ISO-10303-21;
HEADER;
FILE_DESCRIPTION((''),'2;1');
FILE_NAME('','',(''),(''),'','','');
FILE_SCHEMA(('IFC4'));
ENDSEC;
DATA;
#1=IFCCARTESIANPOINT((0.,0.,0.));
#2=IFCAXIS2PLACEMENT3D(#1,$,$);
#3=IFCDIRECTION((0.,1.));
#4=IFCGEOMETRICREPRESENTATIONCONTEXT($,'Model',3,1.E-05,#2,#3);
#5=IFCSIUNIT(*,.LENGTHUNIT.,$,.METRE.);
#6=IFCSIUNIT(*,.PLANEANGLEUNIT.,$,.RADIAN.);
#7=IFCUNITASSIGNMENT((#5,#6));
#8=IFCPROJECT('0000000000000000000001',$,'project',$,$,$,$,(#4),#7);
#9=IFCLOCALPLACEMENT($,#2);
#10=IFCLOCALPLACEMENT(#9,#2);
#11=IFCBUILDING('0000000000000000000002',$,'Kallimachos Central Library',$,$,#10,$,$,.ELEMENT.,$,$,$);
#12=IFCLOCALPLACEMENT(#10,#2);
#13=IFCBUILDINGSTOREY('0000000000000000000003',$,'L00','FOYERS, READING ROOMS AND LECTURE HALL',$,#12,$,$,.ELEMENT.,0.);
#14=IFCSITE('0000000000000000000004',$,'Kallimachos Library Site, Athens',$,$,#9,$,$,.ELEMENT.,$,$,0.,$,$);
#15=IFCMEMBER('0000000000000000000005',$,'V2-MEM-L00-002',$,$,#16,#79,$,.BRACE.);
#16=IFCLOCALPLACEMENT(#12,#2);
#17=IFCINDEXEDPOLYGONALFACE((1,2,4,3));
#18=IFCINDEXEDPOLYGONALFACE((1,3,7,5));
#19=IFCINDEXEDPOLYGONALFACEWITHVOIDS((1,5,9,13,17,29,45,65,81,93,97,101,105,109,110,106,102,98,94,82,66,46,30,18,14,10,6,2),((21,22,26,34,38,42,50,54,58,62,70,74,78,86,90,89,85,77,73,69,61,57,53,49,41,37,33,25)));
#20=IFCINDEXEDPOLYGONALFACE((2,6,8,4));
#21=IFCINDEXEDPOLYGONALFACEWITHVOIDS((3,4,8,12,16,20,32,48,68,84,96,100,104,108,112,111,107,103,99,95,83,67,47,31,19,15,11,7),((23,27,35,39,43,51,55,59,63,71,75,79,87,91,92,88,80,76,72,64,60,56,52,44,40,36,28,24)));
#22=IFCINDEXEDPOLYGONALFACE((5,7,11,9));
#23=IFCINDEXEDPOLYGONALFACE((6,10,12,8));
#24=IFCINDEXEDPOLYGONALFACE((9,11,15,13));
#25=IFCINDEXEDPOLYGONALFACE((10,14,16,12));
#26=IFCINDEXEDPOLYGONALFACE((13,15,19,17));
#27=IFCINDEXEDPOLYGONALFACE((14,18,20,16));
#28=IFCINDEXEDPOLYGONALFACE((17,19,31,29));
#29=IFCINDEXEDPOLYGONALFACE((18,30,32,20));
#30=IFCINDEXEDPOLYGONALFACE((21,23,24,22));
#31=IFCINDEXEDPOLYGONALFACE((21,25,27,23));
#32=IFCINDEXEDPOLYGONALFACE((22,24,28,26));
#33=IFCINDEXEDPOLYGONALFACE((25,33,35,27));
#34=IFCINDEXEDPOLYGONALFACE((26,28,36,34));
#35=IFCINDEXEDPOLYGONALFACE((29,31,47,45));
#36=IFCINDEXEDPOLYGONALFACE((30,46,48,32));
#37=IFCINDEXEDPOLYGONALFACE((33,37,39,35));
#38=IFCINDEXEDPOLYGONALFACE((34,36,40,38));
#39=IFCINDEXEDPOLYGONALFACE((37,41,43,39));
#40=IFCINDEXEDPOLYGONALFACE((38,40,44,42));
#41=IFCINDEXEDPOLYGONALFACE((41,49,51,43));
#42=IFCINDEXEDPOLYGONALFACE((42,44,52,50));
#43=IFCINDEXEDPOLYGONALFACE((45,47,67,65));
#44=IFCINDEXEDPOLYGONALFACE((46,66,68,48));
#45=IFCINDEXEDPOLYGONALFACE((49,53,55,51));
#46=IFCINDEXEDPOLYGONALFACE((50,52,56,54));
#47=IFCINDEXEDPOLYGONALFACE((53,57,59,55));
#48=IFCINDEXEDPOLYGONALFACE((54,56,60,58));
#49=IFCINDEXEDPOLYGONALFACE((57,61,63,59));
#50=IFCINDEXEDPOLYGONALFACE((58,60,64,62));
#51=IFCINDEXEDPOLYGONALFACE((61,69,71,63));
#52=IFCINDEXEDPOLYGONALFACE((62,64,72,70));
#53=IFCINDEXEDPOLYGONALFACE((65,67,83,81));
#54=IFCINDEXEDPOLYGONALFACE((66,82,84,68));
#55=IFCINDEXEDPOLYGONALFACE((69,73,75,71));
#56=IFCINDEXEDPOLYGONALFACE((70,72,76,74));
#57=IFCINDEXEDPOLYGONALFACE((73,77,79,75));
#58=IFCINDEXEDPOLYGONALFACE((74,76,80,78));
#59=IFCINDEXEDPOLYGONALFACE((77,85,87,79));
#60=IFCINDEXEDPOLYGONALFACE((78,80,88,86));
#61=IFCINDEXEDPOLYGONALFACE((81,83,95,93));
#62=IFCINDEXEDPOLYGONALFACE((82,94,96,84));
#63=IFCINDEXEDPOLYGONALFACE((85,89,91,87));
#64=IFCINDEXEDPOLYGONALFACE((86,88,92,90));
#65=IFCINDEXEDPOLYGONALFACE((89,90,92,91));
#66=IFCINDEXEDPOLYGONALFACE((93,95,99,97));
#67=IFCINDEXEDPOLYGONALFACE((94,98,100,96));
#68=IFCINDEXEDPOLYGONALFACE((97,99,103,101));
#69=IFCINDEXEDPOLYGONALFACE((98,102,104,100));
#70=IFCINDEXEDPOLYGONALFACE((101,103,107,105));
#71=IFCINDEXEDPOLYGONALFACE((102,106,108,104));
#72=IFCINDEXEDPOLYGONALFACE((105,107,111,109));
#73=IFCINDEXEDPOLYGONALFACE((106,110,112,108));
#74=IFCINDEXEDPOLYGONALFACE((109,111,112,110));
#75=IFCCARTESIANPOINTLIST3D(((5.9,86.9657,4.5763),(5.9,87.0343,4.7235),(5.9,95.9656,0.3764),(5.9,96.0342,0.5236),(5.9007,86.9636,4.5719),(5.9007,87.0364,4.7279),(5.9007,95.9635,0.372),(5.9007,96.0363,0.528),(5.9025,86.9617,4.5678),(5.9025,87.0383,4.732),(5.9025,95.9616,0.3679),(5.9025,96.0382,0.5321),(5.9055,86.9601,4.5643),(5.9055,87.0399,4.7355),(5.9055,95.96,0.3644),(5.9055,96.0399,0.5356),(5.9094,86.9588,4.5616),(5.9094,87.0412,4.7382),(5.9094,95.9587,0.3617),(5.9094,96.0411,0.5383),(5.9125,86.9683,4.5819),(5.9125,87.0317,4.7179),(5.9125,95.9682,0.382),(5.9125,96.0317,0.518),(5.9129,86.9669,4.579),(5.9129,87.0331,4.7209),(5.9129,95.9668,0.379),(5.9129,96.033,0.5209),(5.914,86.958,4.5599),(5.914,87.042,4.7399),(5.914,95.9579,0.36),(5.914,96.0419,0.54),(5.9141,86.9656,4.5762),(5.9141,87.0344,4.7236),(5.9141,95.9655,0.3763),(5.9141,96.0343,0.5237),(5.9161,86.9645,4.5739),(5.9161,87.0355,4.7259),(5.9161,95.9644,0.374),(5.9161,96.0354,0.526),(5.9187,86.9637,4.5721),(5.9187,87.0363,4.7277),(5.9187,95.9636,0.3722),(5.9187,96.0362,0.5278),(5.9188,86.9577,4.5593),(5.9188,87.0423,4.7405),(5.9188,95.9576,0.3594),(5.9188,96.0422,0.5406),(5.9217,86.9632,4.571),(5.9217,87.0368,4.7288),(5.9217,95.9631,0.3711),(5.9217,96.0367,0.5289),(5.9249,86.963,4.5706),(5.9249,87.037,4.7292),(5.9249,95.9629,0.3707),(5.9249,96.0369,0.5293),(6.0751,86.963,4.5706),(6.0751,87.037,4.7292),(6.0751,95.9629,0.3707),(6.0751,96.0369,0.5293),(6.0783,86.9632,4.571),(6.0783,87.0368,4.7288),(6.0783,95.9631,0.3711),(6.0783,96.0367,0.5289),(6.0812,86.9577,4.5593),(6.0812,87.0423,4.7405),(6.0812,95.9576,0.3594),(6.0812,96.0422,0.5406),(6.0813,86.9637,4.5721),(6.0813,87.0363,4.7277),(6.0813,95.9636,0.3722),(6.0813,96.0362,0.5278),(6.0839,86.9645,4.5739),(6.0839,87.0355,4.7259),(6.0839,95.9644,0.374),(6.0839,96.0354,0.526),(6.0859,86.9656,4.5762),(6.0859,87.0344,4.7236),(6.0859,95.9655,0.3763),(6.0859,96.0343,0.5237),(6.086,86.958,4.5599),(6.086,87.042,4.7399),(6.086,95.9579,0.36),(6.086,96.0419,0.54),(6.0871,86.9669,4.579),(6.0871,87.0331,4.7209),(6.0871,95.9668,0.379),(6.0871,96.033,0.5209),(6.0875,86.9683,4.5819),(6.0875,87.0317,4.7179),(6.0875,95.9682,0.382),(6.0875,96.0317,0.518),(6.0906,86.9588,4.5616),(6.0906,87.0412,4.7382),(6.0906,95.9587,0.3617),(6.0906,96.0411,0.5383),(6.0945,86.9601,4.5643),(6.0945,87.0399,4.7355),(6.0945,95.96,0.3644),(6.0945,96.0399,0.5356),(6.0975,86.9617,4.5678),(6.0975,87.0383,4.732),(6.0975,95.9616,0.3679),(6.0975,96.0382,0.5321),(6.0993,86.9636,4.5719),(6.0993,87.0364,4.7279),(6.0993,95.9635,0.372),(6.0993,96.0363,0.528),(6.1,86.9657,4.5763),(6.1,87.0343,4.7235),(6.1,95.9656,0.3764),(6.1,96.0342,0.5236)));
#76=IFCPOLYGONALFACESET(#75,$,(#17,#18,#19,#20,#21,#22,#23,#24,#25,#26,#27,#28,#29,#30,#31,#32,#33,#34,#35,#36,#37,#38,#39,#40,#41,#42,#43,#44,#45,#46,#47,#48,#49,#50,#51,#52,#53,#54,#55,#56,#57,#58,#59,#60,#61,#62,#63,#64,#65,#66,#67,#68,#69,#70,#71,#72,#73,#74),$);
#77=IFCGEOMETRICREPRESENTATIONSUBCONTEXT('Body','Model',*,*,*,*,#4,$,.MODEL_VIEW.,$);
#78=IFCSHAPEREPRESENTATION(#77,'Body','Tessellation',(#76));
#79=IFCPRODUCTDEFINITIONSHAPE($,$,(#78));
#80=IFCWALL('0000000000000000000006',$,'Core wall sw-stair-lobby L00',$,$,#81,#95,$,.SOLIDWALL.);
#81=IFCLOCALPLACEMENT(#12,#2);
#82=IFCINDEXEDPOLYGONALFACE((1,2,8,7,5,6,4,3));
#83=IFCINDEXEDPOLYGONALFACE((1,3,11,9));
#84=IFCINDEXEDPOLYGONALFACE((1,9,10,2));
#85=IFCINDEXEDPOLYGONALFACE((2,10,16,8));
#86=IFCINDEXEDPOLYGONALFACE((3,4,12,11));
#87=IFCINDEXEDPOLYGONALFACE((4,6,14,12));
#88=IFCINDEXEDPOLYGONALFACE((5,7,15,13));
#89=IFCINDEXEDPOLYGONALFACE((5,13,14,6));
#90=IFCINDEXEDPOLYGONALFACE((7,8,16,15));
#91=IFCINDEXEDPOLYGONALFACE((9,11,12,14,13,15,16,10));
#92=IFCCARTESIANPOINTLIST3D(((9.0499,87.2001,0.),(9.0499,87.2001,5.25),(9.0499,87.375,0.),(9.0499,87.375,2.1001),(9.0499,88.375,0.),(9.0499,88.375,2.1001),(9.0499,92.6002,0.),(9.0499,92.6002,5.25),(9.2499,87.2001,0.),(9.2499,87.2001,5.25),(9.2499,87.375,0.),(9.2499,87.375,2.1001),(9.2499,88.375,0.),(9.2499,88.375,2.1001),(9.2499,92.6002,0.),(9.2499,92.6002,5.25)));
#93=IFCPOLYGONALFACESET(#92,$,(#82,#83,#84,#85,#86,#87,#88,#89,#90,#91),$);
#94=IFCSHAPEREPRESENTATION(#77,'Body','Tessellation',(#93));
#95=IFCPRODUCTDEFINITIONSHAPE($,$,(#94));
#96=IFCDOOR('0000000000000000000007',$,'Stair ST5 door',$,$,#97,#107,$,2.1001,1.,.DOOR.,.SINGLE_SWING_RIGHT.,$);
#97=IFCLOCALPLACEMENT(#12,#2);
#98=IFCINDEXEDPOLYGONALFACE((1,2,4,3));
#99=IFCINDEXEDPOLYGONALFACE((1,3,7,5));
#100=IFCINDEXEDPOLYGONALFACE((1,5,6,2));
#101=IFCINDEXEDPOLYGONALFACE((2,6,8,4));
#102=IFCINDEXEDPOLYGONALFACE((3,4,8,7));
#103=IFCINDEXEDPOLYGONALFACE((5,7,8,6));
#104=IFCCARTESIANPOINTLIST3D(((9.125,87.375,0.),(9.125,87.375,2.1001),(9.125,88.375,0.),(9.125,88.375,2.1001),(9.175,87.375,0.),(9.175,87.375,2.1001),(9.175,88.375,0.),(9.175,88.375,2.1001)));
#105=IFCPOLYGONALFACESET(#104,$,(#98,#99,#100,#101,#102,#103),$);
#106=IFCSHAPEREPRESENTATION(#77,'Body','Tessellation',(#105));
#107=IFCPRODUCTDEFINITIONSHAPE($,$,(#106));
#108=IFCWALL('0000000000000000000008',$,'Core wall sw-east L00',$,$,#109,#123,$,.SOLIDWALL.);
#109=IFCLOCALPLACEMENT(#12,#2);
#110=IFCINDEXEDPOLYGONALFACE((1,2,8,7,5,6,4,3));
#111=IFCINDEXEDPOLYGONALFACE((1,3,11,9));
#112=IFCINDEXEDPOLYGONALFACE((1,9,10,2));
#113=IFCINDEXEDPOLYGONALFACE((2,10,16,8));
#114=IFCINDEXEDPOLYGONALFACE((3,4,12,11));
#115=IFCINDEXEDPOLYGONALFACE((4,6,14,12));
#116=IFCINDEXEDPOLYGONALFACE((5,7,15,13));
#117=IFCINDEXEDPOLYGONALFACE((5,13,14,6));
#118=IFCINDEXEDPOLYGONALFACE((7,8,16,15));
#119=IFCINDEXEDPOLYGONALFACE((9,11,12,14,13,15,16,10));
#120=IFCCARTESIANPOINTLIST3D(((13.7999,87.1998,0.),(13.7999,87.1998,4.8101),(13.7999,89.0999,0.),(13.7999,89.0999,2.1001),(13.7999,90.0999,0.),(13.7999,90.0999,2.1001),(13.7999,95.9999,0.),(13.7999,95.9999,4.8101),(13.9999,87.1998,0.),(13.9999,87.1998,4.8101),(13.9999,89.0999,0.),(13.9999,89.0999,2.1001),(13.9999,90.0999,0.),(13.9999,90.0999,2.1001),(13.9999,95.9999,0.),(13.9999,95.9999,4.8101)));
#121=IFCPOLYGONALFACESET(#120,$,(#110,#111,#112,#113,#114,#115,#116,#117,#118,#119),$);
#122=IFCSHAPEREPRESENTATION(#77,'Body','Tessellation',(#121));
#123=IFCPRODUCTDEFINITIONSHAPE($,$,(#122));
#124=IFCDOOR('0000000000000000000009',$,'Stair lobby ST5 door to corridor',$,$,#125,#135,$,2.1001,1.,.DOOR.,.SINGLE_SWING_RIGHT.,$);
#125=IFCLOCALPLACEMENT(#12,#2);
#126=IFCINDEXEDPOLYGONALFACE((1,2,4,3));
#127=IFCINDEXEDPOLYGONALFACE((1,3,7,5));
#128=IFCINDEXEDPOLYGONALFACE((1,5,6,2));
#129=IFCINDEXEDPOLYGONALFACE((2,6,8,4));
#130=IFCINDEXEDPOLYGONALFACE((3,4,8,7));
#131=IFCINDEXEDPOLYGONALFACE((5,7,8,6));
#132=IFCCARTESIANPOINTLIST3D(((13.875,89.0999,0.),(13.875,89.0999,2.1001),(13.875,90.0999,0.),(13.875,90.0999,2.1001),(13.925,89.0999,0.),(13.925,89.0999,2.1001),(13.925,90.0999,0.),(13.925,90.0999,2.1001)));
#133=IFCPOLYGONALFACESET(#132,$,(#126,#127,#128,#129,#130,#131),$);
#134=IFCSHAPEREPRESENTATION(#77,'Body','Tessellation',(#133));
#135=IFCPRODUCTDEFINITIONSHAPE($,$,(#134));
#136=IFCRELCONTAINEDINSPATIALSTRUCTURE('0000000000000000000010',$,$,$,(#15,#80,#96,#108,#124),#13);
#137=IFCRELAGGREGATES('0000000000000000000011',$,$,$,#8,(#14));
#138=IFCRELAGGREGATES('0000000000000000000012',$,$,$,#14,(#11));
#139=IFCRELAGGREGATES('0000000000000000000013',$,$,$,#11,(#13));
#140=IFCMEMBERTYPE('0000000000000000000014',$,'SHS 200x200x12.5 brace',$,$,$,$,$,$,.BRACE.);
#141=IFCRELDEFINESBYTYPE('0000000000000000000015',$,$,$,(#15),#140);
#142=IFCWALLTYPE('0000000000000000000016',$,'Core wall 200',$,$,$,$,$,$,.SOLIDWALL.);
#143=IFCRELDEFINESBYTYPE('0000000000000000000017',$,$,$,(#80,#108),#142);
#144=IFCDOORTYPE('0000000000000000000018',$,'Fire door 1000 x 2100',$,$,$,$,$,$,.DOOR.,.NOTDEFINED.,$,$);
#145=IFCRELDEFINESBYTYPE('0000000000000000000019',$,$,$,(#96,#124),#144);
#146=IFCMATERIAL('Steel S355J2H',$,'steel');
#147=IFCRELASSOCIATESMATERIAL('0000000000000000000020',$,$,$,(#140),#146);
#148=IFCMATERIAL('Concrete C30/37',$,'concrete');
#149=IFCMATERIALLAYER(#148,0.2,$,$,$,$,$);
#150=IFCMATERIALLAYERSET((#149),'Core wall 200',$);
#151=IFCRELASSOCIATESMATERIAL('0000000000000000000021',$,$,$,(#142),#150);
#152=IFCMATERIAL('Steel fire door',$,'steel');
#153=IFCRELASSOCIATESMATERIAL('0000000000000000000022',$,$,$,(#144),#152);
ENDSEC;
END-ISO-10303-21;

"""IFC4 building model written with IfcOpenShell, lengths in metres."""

from ifc_helpers import new_model, si_unit, direction, frame, frame_2d, origin, origin_2d, place, context, subcontext, project, spatial, rectangle, hollow_rectangle, extrude, material, layer, layer_set, material_profile, profile_set, type_object, element, fill, save


model = new_model("IFC4")

# Units and contexts
model_context = context("Model", 3, precision=1e-05, world=origin(), true_north=direction((0.0, 1.0)))
body_context = subcontext(model_context, "Body", "Model", "MODEL_VIEW")
ifc_project = project(units=[si_unit("LENGTHUNIT", "METRE"), si_unit("PLANEANGLEUNIT", "RADIAN")], contexts=[model_context])

# Site, building, storey
site_placement = place(None, origin())
site = spatial("IfcSite", under=ifc_project, at=site_placement, Name="Kallimachos Library Site, Athens", CompositionType="ELEMENT", RefElevation=0.0)
building_placement = place(site_placement, origin())
building = spatial("IfcBuilding", under=site, at=building_placement, Name="Kallimachos Central Library", CompositionType="ELEMENT")
storey_placement = place(building_placement, origin())
storey = spatial("IfcBuildingStorey", under=building, at=storey_placement, Name="L00", Description="FOYERS, READING ROOMS AND LECTURE HALL", CompositionType="ELEMENT", Elevation=0.0)

# Member
ifc_material_1 = material(Name="Steel S355J2H", Category="steel")
ifc_material_profile_1 = material_profile(ifc_material_1, hollow_rectangle(XDim=0.2, YDim=0.2, WallThickness=0.0125, InnerFilletRadius=0.0125, OuterFilletRadius=0.0188, at=origin_2d()), Name="SHS 200x200x12.5")
ifc_profile_set_1 = profile_set([ifc_material_profile_1], Name="Steel S355J2H")
member_type = type_object("IfcMemberType", Name="SHS 200x200x12.5 brace", PredefinedType="BRACE", material=ifc_profile_set_1)
member_placement = place(storey_placement, frame((6.0, 87.0, 4.6499), z_axis=(0.0, 0.906185, -0.422881), x_axis=(-1.0, 0.0, 0.0)))
element("IfcMember", 1, at=member_placement, inside=storey, type_object=member_type, Name="V2-MEM-L00-002", PredefinedType="BRACE", context=body_context, shape_type="SweptSolid", body=[
    extrude(hollow_rectangle(XDim=0.2, YDim=0.2, WallThickness=0.0125, InnerFilletRadius=0.0125, OuterFilletRadius=0.0188, at=origin_2d()), origin(), (0.0, 0.0, 1.0), 9.9316),
])

# Walls, openings, doors
ifc_material_2 = material(Name="Concrete C30/37", Category="concrete")
ifc_layer_1 = layer(ifc_material_2, 0.2)
ifc_layer_set_1 = layer_set([ifc_layer_1], Name="Core wall 200")
wall_type_1 = type_object("IfcWallType", Name="Core wall 200", PredefinedType="SOLIDWALL", material=ifc_layer_set_1)
wall_1_placement = place(storey_placement, frame((9.1499, 87.2, 0.0), z_axis=(0.0, 0.0, 1.0), x_axis=(0.0, 1.0, 0.0)))
wall_1 = element("IfcWall", 2, at=wall_1_placement, inside=storey, type_object=wall_type_1, Name="Core wall sw-stair-lobby L00", PredefinedType="SOLIDWALL", context=body_context, shape_type="SweptSolid", body=[
    extrude(rectangle(XDim=5.4001, YDim=0.2, at=frame_2d((2.7002, 0.0))), origin(), (0.0, 0.0, 1.0), 5.25),
])
opening_1_placement = place(wall_1_placement, frame((0.175, 0.0, 0.0)))
opening_1 = element("IfcOpeningElement", 3, at=opening_1_placement, cuts=wall_1, PredefinedType="OPENING", context=body_context, shape_type="SweptSolid", body=[
    extrude(rectangle(XDim=1.0, YDim=2.1001, at=frame_2d((0.5, 1.05))), frame((0.0, 0.1099, 0.0), z_axis=(0.0, -1.0, 0.0), x_axis=(1.0, 0.0, 0.0)), (0.0, 0.0, 1.0), 0.22),
])
ifc_material_3 = material(Name="Steel fire door", Category="steel")
door_type_1 = type_object("IfcDoorType", Name="Fire door 1000 x 2100", OperationType="NOTDEFINED", PredefinedType="DOOR", material=ifc_material_3)
door_1_placement = place(opening_1_placement, origin())
door_1 = element("IfcDoor", 4, at=door_1_placement, inside=storey, type_object=door_type_1, Name="Stair ST5 door", OperationType="SINGLE_SWING_RIGHT", OverallHeight=2.1001, OverallWidth=1.0, PredefinedType="DOOR", context=body_context, shape_type="SweptSolid", body=[
    extrude(rectangle(XDim=1.0, YDim=2.1001, at=frame_2d((0.5, 1.05))), frame((0.0, 0.0249, 0.0), z_axis=(0.0, -1.0, 0.0), x_axis=(1.0, 0.0, 0.0)), (0.0, 0.0, 1.0), 0.05),
])
fill(opening_1, door_1)
wall_2_placement = place(storey_placement, frame((13.8999, 87.2, 0.0), z_axis=(0.0, 0.0, 1.0), x_axis=(0.0, 1.0, 0.0)))
wall_2 = element("IfcWall", 5, at=wall_2_placement, inside=storey, type_object=wall_type_1, Name="Core wall sw-east L00", PredefinedType="SOLIDWALL", context=body_context, shape_type="SweptSolid", body=[
    extrude(rectangle(XDim=8.8, YDim=0.2, at=frame_2d((4.3999, 0.0))), origin(), (0.0, 0.0, 1.0), 4.8101),
])
opening_2_placement = place(wall_2_placement, frame((1.8999, 0.0, 0.0)))
opening_2 = element("IfcOpeningElement", 6, at=opening_2_placement, cuts=wall_2, PredefinedType="OPENING", context=body_context, shape_type="SweptSolid", body=[
    extrude(rectangle(XDim=1.0, YDim=2.1001, at=frame_2d((0.5, 1.05))), frame((0.0, 0.1099, 0.0), z_axis=(0.0, -1.0, 0.0), x_axis=(1.0, 0.0, 0.0)), (0.0, 0.0, 1.0), 0.22),
])
door_2_placement = place(opening_2_placement, origin())
door_2 = element("IfcDoor", 7, at=door_2_placement, inside=storey, type_object=door_type_1, Name="Stair lobby ST5 door to corridor", OperationType="SINGLE_SWING_RIGHT", OverallHeight=2.1001, OverallWidth=1.0, PredefinedType="DOOR", context=body_context, shape_type="SweptSolid", body=[
    extrude(rectangle(XDim=1.0, YDim=2.1001, at=frame_2d((0.5, 1.05))), frame((0.0, 0.0249, 0.0), z_axis=(0.0, -1.0, 0.0), x_axis=(1.0, 0.0, 0.0)), (0.0, 0.0, 1.0), 0.05),
])
fill(opening_2, door_2)

save(model, "model.ifc")
